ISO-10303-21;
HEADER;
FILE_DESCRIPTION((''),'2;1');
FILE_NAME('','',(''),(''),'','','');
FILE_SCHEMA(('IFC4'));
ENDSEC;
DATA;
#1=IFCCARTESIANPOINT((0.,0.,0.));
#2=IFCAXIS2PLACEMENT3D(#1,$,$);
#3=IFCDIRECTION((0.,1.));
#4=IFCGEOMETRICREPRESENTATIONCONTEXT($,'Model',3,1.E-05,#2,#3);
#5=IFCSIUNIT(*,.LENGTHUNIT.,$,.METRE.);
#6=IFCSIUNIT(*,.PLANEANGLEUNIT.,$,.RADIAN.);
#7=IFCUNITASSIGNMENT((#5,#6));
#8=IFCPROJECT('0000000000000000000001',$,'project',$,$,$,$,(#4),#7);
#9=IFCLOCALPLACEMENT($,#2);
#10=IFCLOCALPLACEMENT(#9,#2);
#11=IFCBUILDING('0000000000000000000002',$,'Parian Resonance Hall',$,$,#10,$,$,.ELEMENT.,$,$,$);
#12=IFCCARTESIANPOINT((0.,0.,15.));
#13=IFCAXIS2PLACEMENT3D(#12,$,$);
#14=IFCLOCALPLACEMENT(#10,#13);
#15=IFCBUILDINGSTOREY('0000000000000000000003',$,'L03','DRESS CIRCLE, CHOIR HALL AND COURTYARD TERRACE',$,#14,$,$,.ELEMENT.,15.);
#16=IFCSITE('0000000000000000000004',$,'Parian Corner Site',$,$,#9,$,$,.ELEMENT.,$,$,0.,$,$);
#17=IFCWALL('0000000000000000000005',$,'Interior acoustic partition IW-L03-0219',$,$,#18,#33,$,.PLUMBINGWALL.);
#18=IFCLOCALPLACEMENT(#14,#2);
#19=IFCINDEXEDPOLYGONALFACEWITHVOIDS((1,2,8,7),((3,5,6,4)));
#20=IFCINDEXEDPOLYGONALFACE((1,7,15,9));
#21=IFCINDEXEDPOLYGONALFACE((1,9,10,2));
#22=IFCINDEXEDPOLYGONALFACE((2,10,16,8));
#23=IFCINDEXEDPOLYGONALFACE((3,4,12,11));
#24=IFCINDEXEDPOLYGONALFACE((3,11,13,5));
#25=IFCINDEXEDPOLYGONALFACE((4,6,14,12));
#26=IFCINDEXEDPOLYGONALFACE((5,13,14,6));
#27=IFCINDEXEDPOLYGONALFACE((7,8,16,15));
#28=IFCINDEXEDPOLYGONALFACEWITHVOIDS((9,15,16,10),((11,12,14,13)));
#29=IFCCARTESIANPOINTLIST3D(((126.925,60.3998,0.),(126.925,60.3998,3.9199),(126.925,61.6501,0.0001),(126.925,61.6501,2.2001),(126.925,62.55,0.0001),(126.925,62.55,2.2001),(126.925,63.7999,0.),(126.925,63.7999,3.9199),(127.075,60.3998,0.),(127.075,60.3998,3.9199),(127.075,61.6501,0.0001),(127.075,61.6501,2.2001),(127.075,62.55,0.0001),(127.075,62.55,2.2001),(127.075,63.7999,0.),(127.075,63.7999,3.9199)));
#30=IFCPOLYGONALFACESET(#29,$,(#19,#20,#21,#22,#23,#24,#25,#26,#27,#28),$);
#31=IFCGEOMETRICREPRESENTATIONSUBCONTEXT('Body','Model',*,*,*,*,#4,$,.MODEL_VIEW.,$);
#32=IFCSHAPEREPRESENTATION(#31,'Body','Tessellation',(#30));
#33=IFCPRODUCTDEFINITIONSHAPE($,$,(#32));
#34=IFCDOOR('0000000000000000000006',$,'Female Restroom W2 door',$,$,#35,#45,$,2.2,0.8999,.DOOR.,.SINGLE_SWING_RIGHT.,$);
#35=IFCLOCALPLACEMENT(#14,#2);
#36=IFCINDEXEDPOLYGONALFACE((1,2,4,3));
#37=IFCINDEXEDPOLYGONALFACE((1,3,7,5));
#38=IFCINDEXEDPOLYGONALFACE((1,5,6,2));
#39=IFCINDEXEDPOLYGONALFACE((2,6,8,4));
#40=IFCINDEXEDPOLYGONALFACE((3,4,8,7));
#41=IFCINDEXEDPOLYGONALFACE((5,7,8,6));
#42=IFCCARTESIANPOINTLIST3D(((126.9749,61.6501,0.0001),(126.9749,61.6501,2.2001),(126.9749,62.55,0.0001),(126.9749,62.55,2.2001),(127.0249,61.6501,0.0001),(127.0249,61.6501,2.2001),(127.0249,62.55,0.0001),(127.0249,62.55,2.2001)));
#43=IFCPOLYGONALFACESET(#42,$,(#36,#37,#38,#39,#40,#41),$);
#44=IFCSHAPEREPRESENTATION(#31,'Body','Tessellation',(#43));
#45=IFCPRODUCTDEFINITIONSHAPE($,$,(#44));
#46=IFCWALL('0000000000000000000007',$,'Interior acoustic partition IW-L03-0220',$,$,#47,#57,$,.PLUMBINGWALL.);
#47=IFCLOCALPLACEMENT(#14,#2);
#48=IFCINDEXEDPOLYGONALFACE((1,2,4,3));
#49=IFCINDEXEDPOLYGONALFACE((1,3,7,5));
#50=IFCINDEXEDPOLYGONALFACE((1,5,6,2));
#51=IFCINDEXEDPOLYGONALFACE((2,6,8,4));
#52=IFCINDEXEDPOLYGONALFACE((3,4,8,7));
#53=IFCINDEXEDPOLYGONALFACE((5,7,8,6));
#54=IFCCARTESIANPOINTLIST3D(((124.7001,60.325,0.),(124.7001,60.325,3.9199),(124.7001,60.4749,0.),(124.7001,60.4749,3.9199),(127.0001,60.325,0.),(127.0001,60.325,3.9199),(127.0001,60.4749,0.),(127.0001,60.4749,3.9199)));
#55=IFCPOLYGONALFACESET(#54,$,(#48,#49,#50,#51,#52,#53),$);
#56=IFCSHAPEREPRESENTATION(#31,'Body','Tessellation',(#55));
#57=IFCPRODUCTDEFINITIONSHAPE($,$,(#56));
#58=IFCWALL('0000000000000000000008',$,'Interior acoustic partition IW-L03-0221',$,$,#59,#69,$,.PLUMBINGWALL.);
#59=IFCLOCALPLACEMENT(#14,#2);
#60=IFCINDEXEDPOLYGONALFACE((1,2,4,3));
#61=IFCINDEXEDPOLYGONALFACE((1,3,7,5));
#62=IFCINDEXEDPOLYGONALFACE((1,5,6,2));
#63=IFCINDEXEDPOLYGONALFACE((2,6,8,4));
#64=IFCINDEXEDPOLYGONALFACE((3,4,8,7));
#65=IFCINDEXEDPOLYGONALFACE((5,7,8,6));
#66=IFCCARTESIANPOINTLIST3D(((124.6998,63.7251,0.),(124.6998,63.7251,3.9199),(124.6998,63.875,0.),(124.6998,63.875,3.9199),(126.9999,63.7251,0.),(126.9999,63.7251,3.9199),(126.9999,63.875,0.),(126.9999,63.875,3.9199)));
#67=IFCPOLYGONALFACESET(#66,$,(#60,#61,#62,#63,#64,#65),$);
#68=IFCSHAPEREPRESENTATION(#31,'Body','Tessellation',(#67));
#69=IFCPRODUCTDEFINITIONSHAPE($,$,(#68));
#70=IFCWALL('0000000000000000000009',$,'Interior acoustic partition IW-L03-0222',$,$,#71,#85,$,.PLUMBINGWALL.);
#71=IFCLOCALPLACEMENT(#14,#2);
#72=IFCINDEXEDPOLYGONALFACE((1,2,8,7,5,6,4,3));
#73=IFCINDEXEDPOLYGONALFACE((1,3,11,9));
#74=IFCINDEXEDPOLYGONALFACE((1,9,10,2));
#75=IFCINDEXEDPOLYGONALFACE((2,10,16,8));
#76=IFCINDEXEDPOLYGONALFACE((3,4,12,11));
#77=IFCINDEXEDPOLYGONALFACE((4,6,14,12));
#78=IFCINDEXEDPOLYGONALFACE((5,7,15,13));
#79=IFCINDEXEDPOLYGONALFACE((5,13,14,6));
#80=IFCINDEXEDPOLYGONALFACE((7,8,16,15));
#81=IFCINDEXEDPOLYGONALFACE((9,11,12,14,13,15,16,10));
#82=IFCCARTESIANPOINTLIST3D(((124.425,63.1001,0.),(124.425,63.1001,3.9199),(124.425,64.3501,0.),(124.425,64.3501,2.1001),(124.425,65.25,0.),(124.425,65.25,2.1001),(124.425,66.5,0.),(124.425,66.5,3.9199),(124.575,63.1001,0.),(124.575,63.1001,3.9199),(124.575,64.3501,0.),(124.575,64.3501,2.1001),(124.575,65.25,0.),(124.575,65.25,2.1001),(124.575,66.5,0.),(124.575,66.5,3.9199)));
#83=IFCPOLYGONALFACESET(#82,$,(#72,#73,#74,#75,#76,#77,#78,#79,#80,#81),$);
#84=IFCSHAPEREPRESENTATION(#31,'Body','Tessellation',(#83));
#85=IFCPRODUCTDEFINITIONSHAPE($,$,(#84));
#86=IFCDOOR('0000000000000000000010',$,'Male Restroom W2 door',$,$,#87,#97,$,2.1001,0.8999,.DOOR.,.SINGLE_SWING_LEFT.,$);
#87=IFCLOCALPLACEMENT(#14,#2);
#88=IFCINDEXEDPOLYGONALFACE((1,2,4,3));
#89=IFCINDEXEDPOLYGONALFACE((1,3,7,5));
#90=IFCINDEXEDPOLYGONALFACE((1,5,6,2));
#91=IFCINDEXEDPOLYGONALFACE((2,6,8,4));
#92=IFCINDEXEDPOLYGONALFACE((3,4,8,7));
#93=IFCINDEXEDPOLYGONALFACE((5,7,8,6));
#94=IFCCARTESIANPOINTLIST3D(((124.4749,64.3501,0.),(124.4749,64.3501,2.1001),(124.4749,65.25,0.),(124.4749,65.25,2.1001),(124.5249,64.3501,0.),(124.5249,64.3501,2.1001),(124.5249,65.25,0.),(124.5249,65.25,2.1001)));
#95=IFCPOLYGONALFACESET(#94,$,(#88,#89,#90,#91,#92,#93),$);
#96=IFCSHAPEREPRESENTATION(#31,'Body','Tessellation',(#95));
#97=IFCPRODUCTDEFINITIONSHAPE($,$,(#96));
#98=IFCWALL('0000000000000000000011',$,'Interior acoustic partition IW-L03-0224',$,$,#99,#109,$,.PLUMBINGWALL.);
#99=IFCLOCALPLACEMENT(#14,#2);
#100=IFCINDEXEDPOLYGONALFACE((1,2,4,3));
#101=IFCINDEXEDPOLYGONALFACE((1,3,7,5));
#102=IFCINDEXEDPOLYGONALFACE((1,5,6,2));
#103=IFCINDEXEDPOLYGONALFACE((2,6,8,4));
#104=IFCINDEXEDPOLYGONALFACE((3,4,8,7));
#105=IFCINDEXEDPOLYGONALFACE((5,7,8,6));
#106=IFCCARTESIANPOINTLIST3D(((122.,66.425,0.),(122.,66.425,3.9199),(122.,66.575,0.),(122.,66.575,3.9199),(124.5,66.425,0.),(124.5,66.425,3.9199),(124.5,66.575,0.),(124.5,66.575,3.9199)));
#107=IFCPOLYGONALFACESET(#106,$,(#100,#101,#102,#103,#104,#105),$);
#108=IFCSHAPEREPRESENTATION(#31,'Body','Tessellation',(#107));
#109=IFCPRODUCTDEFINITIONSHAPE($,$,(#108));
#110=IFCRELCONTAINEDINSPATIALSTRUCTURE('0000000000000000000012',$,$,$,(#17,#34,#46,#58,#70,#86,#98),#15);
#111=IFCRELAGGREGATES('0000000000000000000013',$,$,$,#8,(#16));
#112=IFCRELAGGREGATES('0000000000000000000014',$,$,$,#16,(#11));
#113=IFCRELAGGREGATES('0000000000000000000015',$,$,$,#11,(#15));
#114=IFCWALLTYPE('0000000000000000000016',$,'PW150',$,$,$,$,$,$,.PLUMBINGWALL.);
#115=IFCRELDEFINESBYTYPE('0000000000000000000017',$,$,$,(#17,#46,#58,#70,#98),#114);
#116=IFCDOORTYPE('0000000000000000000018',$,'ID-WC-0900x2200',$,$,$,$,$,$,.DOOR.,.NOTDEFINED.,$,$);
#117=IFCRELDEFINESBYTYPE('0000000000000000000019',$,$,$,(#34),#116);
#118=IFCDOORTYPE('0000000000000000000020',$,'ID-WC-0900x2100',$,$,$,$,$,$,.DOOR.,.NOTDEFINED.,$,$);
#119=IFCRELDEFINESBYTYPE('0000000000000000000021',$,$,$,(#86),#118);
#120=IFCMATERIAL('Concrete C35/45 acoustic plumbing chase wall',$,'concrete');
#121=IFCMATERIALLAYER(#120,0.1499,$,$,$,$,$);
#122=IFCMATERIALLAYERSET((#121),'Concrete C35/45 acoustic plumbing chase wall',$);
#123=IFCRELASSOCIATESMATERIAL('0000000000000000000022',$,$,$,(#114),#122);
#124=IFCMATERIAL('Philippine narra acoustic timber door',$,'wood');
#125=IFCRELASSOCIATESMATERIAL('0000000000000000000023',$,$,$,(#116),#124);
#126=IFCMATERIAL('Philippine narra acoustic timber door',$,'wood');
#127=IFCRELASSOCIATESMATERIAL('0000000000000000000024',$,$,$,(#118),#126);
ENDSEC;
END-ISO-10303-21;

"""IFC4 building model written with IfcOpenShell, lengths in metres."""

from ifc_helpers import new_model, si_unit, direction, frame, frame_2d, origin, place, context, subcontext, project, spatial, rectangle, extrude, material, layer, layer_set, type_object, element, fill, save


model = new_model("IFC4")

# Units and contexts
model_context = context("Model", 3, precision=1e-05, world=origin(), true_north=direction((0.0, 1.0)))
body_context = subcontext(model_context, "Body", "Model", "MODEL_VIEW")
ifc_project = project(units=[si_unit("LENGTHUNIT", "METRE"), si_unit("PLANEANGLEUNIT", "RADIAN")], contexts=[model_context])

# Site, building, storey
site_placement = place(None, origin())
site = spatial("IfcSite", under=ifc_project, at=site_placement, Name="Parian Corner Site", CompositionType="ELEMENT", RefElevation=0.0)
building_placement = place(site_placement, origin())
building = spatial("IfcBuilding", under=site, at=building_placement, Name="Parian Resonance Hall", CompositionType="ELEMENT")
storey_placement = place(building_placement, frame((0.0, 0.0, 15.0)))
storey = spatial("IfcBuildingStorey", under=building, at=storey_placement, Name="L03", Description="DRESS CIRCLE, CHOIR HALL AND COURTYARD TERRACE", CompositionType="ELEMENT", Elevation=15.0)

# Shared definitions
ifc_material_1 = material(Name="Concrete C35/45 acoustic plumbing chase wall", Category="concrete")
ifc_layer_1 = layer(ifc_material_1, 0.1499)
ifc_layer_set_1 = layer_set([ifc_layer_1], Name="Concrete C35/45 acoustic plumbing chase wall")
wall_type_1 = type_object("IfcWallType", Name="PW150", PredefinedType="PLUMBINGWALL", material=ifc_layer_set_1)

# Wall, opening, door
wall_1_placement = place(storey_placement, frame((127.0, 63.8, 0.0), z_axis=(0.0, 0.0, 1.0), x_axis=(0.0, -1.0, 0.0)))
wall_1 = element("IfcWall", 1, at=wall_1_placement, inside=storey, type_object=wall_type_1, Name="Interior acoustic partition IW-L03-0219", PredefinedType="PLUMBINGWALL", context=body_context, shape_type="SweptSolid", body=[
    extrude(rectangle(XDim=3.4001, YDim=0.1499, at=frame_2d((1.7002, 0.0))), origin(), (0.0, 0.0, 1.0), 3.9199),
])
opening_1_placement = place(wall_1_placement, frame((1.25, 0.0, 0.0)))
opening_1 = element("IfcOpeningElement", 2, at=opening_1_placement, cuts=wall_1, PredefinedType="OPENING", context=body_context, shape_type="SweptSolid", body=[
    extrude(rectangle(XDim=0.8999, YDim=2.2, at=frame_2d((0.45, 1.1001))), frame((0.0, 0.085, 0.0), z_axis=(0.0, -1.0, 0.0), x_axis=(1.0, 0.0, 0.0)), (0.0, 0.0, 1.0), 0.1699),
])
ifc_material_2 = material(Name="Philippine narra acoustic timber door", Category="wood")
door_type_1 = type_object("IfcDoorType", Name="ID-WC-0900x2200", OperationType="NOTDEFINED", PredefinedType="DOOR", material=ifc_material_2)
door_1_placement = place(opening_1_placement, origin())
door_1 = element("IfcDoor", 3, at=door_1_placement, inside=storey, type_object=door_type_1, Name="Female Restroom W2 door", OperationType="SINGLE_SWING_RIGHT", OverallHeight=2.2, OverallWidth=0.8999, PredefinedType="DOOR", context=body_context, shape_type="SweptSolid", body=[
    extrude(rectangle(XDim=0.8999, YDim=2.2, at=frame_2d((0.45, 1.1001))), frame((0.0, 0.0249, 0.0), z_axis=(0.0, -1.0, 0.0), x_axis=(1.0, 0.0, 0.0)), (0.0, 0.0, 1.0), 0.05),
])
fill(opening_1, door_1)

# Walls
for number, where, z_axis, x_axis, name in (
    (4, (127.0, 60.3999, 0.0), (0.0, 0.0, 1.0), (-1.0, 0.0, 0.0), "Interior acoustic partition IW-L03-0220"),
    (5, (124.7, 63.8, 0.0), (0.0, 0.0, 1.0), (1.0, 0.0, 0.0), "Interior acoustic partition IW-L03-0221"),
):
    element("IfcWall", number, at=place(storey_placement, frame(where, z_axis=z_axis, x_axis=x_axis)), inside=storey, type_object=wall_type_1, Name=name, PredefinedType="PLUMBINGWALL", context=body_context, shape_type="SweptSolid", body=[
        extrude(rectangle(XDim=2.3, YDim=0.1499, at=frame_2d((1.1499, 0.0))), origin(), (0.0, 0.0, 1.0), 3.9199),
    ])

# Wall, opening, door
wall_2_placement = place(storey_placement, frame((124.5, 66.5, 0.0), z_axis=(0.0, 0.0, 1.0), x_axis=(0.0, -1.0, 0.0)))
wall_2 = element("IfcWall", 6, at=wall_2_placement, inside=storey, type_object=wall_type_1, Name="Interior acoustic partition IW-L03-0222", PredefinedType="PLUMBINGWALL", context=body_context, shape_type="SweptSolid", body=[
    extrude(rectangle(XDim=3.3999, YDim=0.1499, at=frame_2d((1.7, 0.0))), origin(), (0.0, 0.0, 1.0), 3.9199),
])
opening_2_placement = place(wall_2_placement, frame((1.25, 0.0, 0.0)))
opening_2 = element("IfcOpeningElement", 7, at=opening_2_placement, cuts=wall_2, PredefinedType="OPENING", context=body_context, shape_type="SweptSolid", body=[
    extrude(rectangle(XDim=0.8999, YDim=2.1001, at=frame_2d((0.45, 1.05))), frame((0.0, 0.085, 0.0), z_axis=(0.0, -1.0, 0.0), x_axis=(1.0, 0.0, 0.0)), (0.0, 0.0, 1.0), 0.1699),
])
ifc_material_3 = material(Name="Philippine narra acoustic timber door", Category="wood")
door_type_2 = type_object("IfcDoorType", Name="ID-WC-0900x2100", OperationType="NOTDEFINED", PredefinedType="DOOR", material=ifc_material_3)
door_2_placement = place(opening_2_placement, origin())
door_2 = element("IfcDoor", 8, at=door_2_placement, inside=storey, type_object=door_type_2, Name="Male Restroom W2 door", OperationType="SINGLE_SWING_LEFT", OverallHeight=2.1001, OverallWidth=0.8999, PredefinedType="DOOR", context=body_context, shape_type="SweptSolid", body=[
    extrude(rectangle(XDim=0.8999, YDim=2.1001, at=frame_2d((0.45, 1.05))), frame((0.0, 0.0249, 0.0), z_axis=(0.0, -1.0, 0.0), x_axis=(1.0, 0.0, 0.0)), (0.0, 0.0, 1.0), 0.05),
])
fill(opening_2, door_2)

# Wall
wall_3_placement = place(storey_placement, frame((122.0, 66.5, 0.0), z_axis=(0.0, 0.0, 1.0), x_axis=(1.0, 0.0, 0.0)))
element("IfcWall", 9, at=wall_3_placement, inside=storey, type_object=wall_type_1, Name="Interior acoustic partition IW-L03-0224", PredefinedType="PLUMBINGWALL", context=body_context, shape_type="SweptSolid", body=[
    extrude(rectangle(XDim=2.5, YDim=0.1499, at=frame_2d((1.25, 0.0))), origin(), (0.0, 0.0, 1.0), 3.9199),
])

save(model, "model.ifc")
